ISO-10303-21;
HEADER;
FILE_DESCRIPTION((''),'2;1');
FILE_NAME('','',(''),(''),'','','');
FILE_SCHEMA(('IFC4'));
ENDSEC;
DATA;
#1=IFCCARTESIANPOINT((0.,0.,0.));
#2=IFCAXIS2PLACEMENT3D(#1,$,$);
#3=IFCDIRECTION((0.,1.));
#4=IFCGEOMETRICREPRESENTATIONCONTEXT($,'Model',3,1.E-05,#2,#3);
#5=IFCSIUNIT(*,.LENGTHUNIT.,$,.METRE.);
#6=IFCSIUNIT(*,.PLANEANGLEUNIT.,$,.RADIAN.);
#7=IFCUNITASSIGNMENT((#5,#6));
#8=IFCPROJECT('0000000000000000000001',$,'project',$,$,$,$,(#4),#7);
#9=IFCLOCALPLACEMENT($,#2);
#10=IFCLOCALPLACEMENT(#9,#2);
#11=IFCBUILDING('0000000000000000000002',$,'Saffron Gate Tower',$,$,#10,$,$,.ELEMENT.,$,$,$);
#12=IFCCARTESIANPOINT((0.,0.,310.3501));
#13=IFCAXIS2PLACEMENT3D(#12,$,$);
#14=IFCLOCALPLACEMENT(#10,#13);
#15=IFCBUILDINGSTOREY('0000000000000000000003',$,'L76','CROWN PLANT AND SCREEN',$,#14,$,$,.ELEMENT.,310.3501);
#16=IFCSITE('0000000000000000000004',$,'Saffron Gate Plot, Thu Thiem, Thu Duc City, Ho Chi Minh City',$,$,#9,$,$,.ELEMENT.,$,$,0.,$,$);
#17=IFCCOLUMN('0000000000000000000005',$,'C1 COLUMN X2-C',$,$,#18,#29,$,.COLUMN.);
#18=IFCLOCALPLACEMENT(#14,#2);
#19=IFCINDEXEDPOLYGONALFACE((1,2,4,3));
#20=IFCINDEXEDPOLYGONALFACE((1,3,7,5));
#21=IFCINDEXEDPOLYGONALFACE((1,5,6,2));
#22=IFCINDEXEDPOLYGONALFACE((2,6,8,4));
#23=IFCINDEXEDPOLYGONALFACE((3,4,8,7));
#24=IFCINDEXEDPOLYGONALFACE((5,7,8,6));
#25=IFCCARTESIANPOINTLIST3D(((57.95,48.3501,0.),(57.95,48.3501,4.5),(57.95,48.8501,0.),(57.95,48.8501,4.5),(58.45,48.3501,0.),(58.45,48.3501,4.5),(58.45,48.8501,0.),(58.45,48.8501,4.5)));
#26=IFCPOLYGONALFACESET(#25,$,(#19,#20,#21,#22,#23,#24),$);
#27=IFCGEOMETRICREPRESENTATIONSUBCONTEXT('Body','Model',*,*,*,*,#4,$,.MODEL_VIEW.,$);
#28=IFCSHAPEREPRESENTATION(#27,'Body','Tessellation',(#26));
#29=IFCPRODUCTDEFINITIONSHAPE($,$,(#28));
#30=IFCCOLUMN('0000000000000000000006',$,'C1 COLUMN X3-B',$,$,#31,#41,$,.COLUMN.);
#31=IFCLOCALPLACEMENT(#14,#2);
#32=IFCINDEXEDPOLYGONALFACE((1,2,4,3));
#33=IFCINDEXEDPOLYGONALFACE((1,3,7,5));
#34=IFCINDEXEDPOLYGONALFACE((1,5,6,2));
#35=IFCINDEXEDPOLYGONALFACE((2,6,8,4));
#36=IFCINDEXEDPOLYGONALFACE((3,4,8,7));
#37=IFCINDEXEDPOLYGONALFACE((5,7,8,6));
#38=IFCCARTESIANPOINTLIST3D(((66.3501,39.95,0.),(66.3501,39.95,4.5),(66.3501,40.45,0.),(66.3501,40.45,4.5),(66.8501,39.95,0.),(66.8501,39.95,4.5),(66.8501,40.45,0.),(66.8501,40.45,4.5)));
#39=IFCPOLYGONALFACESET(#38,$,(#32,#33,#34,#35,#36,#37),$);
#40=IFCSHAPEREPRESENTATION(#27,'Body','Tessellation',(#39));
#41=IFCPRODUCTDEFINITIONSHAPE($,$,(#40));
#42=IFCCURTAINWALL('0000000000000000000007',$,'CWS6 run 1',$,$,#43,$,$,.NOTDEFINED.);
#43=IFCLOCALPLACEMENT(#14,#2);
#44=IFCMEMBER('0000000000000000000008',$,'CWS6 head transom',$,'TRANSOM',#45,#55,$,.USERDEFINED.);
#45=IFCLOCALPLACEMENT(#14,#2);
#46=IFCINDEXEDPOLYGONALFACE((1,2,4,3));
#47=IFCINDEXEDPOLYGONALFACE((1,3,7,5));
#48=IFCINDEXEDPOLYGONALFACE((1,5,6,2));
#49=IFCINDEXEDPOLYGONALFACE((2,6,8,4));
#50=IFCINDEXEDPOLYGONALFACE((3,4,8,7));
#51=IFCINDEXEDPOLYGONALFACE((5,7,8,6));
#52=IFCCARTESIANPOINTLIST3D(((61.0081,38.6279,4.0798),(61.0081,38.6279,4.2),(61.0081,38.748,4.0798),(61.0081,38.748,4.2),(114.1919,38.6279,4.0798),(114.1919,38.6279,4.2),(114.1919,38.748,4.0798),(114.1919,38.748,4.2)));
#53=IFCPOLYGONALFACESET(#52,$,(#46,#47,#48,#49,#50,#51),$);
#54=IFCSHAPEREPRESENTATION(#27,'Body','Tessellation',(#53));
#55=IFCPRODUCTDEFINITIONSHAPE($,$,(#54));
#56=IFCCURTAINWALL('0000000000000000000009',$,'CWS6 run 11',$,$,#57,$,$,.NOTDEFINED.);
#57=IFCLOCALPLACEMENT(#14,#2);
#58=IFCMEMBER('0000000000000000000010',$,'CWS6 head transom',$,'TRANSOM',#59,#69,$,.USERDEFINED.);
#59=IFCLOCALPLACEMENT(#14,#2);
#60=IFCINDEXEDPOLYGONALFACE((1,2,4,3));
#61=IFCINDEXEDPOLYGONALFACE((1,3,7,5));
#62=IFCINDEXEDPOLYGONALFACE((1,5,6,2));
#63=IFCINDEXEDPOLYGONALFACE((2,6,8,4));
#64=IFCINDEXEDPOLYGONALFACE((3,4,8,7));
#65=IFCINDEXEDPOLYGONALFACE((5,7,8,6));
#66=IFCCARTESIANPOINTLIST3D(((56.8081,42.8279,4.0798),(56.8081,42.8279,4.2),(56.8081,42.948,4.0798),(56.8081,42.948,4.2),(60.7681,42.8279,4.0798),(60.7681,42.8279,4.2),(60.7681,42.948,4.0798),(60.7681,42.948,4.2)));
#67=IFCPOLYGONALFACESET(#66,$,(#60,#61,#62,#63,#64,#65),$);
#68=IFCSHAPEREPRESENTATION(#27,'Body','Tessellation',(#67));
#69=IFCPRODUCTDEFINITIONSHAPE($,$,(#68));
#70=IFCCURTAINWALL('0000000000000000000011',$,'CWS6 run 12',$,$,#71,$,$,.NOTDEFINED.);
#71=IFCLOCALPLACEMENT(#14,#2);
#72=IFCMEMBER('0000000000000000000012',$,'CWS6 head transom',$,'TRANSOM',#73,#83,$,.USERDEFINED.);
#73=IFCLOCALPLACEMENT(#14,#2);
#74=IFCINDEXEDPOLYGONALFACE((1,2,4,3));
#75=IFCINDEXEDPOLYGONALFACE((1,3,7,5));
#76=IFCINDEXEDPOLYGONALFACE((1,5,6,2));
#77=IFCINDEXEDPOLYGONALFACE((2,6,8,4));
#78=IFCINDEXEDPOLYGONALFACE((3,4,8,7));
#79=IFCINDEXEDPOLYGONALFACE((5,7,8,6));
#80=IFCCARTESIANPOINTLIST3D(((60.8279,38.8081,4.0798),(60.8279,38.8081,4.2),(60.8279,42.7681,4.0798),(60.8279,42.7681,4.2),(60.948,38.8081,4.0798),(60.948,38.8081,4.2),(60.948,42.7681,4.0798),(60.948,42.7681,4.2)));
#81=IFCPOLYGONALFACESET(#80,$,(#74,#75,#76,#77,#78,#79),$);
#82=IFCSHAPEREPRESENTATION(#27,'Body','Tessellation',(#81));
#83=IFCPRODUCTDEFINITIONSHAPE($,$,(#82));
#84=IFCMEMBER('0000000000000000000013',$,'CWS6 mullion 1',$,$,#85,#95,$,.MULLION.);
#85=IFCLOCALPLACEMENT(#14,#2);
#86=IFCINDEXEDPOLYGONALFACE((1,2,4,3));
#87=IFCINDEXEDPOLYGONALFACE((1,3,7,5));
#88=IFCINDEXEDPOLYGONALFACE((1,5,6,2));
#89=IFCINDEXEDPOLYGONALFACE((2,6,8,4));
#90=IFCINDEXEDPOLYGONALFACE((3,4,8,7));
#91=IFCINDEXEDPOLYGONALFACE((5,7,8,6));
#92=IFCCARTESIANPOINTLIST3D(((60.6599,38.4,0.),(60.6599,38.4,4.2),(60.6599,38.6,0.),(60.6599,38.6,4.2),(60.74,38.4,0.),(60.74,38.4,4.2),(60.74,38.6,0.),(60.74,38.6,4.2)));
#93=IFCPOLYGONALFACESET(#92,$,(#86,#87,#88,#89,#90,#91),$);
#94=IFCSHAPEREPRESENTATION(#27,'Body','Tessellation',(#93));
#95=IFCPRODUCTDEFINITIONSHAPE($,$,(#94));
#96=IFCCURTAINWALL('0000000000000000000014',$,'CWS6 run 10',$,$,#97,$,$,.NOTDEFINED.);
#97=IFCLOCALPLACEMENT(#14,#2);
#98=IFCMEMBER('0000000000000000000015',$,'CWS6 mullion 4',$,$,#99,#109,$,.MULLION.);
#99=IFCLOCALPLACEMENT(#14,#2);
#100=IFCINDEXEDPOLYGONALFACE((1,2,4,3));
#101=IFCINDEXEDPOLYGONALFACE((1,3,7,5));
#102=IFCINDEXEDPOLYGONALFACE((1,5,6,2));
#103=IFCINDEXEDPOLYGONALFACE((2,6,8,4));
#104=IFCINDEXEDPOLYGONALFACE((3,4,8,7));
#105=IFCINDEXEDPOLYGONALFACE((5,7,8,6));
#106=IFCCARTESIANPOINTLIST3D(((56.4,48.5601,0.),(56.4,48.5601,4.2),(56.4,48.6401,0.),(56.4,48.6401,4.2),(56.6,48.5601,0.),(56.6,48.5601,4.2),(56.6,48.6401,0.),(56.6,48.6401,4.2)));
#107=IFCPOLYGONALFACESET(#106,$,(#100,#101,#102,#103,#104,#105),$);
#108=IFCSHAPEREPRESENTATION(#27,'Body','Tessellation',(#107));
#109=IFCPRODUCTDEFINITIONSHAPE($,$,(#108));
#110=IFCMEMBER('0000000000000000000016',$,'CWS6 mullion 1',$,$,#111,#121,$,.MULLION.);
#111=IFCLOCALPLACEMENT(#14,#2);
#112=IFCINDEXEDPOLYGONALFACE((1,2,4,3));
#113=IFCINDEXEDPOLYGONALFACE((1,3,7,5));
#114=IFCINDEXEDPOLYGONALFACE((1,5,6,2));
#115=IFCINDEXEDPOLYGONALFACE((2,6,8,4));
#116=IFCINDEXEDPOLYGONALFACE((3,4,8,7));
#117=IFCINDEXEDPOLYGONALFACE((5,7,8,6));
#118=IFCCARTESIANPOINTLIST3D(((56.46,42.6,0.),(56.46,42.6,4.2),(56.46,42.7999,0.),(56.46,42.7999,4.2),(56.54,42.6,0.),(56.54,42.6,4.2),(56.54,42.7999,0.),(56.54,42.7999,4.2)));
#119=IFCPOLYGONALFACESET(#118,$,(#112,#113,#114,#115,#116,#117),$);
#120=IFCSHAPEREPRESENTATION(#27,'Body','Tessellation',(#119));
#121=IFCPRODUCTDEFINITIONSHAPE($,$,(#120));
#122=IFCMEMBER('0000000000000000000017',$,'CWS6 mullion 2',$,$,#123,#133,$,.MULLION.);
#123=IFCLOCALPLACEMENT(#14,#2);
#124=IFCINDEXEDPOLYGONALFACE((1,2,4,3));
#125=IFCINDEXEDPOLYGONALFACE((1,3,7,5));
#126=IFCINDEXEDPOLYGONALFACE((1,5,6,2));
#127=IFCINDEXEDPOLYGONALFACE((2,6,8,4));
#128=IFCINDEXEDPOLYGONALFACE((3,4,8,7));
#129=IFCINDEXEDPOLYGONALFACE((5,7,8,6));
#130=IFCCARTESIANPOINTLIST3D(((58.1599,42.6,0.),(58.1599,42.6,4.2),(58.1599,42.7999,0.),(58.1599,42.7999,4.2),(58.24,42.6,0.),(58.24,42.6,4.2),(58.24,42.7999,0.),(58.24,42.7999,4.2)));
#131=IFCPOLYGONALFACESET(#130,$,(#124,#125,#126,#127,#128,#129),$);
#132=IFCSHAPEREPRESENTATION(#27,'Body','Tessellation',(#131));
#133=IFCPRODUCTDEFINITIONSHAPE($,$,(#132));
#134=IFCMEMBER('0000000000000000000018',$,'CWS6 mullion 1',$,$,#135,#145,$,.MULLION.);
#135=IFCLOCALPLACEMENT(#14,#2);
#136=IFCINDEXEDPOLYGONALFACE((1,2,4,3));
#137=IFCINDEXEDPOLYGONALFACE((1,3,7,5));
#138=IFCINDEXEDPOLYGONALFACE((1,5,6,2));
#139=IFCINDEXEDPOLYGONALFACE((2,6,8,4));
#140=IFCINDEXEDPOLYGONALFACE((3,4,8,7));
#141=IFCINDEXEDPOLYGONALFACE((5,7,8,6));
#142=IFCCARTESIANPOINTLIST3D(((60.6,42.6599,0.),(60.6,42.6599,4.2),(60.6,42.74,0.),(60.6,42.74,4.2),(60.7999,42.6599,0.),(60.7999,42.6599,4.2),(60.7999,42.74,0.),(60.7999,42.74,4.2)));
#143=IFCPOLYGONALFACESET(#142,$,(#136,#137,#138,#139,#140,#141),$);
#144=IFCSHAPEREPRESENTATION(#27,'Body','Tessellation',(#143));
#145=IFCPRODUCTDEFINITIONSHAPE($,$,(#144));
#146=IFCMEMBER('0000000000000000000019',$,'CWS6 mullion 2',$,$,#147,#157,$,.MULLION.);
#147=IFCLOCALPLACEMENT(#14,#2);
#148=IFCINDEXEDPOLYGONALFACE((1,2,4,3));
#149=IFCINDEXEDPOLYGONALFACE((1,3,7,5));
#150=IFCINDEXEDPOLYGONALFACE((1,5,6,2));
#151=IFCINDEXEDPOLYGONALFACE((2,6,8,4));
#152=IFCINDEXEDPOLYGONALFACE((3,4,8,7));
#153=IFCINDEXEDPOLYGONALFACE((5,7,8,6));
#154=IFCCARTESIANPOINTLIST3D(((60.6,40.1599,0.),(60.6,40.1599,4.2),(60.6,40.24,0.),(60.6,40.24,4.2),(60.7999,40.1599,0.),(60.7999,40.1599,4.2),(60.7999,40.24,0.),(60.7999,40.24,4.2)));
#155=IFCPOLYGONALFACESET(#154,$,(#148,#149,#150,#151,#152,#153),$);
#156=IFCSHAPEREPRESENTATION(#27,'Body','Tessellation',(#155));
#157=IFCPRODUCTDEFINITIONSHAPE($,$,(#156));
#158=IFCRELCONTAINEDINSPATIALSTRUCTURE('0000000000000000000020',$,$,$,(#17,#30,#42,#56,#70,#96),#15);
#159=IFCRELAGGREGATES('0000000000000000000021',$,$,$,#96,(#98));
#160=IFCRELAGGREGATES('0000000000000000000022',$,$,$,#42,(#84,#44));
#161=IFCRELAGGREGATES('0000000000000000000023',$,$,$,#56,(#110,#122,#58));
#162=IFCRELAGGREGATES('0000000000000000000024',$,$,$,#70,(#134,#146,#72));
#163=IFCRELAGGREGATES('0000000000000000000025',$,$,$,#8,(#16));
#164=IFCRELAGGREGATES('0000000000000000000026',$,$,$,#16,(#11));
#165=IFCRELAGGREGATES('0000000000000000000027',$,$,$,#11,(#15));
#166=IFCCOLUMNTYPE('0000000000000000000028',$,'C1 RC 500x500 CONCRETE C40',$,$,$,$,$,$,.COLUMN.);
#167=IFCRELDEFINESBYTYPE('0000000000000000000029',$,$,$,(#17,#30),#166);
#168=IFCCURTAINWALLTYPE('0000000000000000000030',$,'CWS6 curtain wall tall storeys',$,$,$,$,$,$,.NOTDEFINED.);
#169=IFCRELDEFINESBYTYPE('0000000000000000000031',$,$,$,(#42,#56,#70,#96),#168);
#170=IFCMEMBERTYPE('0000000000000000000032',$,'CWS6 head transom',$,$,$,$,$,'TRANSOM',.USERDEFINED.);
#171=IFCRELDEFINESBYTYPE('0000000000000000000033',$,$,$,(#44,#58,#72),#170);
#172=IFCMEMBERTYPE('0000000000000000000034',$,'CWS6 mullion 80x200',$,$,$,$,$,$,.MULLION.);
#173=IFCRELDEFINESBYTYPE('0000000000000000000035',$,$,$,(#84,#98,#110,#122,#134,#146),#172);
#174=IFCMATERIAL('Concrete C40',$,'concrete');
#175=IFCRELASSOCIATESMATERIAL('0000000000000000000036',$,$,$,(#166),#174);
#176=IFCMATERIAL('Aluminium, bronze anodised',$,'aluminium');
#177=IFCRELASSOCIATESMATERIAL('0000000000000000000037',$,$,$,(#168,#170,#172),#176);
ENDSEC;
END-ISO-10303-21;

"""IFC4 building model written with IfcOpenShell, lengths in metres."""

from ifc_helpers import new_model, si_unit, direction, frame, origin, origin_2d, place, context, subcontext, project, spatial, rectangle, extrude, material, material_profile, profile_set, type_object, element, aggregate, save


model = new_model("IFC4")

# Units and contexts
model_context = context("Model", 3, precision=1e-05, world=origin(), true_north=direction((0.0, 1.0)))
body_context = subcontext(model_context, "Body", "Model", "MODEL_VIEW")
ifc_project = project(units=[si_unit("LENGTHUNIT", "METRE"), si_unit("PLANEANGLEUNIT", "RADIAN")], contexts=[model_context])

# Site, building, storey
site_placement = place(None, origin())
site = spatial("IfcSite", under=ifc_project, at=site_placement, Name="Saffron Gate Plot, Thu Thiem, Thu Duc City, Ho Chi Minh City", CompositionType="ELEMENT", RefElevation=0.0)
building_placement = place(site_placement, origin())
building = spatial("IfcBuilding", under=site, at=building_placement, Name="Saffron Gate Tower", CompositionType="ELEMENT")
storey_placement = place(building_placement, frame((0.0, 0.0, 310.3501)))
storey = spatial("IfcBuildingStorey", under=building, at=storey_placement, Name="L76", Description="CROWN PLANT AND SCREEN", CompositionType="ELEMENT", Elevation=310.3501)

# Columns
ifc_material_1 = material(Name="Concrete C40", Category="concrete")
ifc_material_profile_1 = material_profile(ifc_material_1, rectangle(XDim=0.5, YDim=0.5, at=origin_2d()))
ifc_profile_set_1 = profile_set([ifc_material_profile_1], Name="Concrete C40")
column_type = type_object("IfcColumnType", Name="C1 RC 500x500 CONCRETE C40", PredefinedType="COLUMN", material=ifc_profile_set_1)
for number, where, z_axis, x_axis, name in (
    (1, (58.2, 48.6001, 0.0), (0.0, 0.0, 1.0), (1.0, 0.0, 0.0), "C1 COLUMN X2-C"),
    (2, (66.6001, 40.2, 0.0), (0.0, 0.0, 1.0), (1.0, 0.0, 0.0), "C1 COLUMN X3-B"),
):
    element("IfcColumn", number, at=place(storey_placement, frame(where, z_axis=z_axis, x_axis=x_axis)), inside=storey, type_object=column_type, Name=name, PredefinedType="COLUMN", context=body_context, shape_type="SweptSolid", body=[
        extrude(rectangle(XDim=0.5, YDim=0.5, at=origin_2d()), origin(), (0.0, 0.0, 1.0), 4.5),
    ])

# Curtain walls, members
ifc_material_2 = material(Name="Aluminium, bronze anodised", Category="aluminium")
curtain_wall_type = type_object("IfcCurtainWallType", Name="CWS6 curtain wall tall storeys", PredefinedType="NOTDEFINED", material=ifc_material_2)
curtain_wall_1_placement = place(storey_placement, origin())
curtain_wall_1 = element("IfcCurtainWall", 3, at=curtain_wall_1_placement, inside=storey, type_object=curtain_wall_type, Name="CWS6 run 1", PredefinedType="NOTDEFINED")
ifc_material_profile_2 = material_profile(ifc_material_2, rectangle(XDim=0.1201, YDim=0.1201, at=origin_2d()))
ifc_profile_set_2 = profile_set([ifc_material_profile_2], Name="Aluminium, bronze anodised")
member_type_1 = type_object("IfcMemberType", Name="CWS6 head transom", ElementType="TRANSOM", PredefinedType="USERDEFINED", material=ifc_profile_set_2)
member_1_placement = place(storey_placement, frame((61.0081, 38.688, 4.1399), z_axis=(1.0, 0.0, 0.0), x_axis=(0.0, 1.0, 0.0)))
member_1 = element("IfcMember", 4, at=member_1_placement, type_object=member_type_1, Name="CWS6 head transom", ObjectType="TRANSOM", PredefinedType="USERDEFINED", context=body_context, shape_type="SweptSolid", body=[
    extrude(rectangle(XDim=0.1201, YDim=0.1201, at=origin_2d()), origin(), (0.0, 0.0, 1.0), 53.1838),
])
curtain_wall_2_placement = place(storey_placement, origin())
curtain_wall_2 = element("IfcCurtainWall", 5, at=curtain_wall_2_placement, inside=storey, type_object=curtain_wall_type, Name="CWS6 run 11", PredefinedType="NOTDEFINED")
member_2_placement = place(storey_placement, frame((56.8081, 42.8879, 4.1399), z_axis=(1.0, 0.0, 0.0), x_axis=(0.0, 1.0, 0.0)))
member_2 = element("IfcMember", 6, at=member_2_placement, type_object=member_type_1, Name="CWS6 head transom", ObjectType="TRANSOM", PredefinedType="USERDEFINED", context=body_context, shape_type="SweptSolid", body=[
    extrude(rectangle(XDim=0.1201, YDim=0.1201, at=origin_2d()), origin(), (0.0, 0.0, 1.0), 3.96),
])
curtain_wall_3_placement = place(storey_placement, origin())
curtain_wall_3 = element("IfcCurtainWall", 7, at=curtain_wall_3_placement, inside=storey, type_object=curtain_wall_type, Name="CWS6 run 12", PredefinedType="NOTDEFINED")
member_3_placement = place(storey_placement, frame((60.8879, 42.7681, 4.1399), z_axis=(0.0, -1.0, 0.0), x_axis=(1.0, 0.0, 0.0)))
member_3 = element("IfcMember", 8, at=member_3_placement, type_object=member_type_1, Name="CWS6 head transom", ObjectType="TRANSOM", PredefinedType="USERDEFINED", context=body_context, shape_type="SweptSolid", body=[
    extrude(rectangle(XDim=0.1201, YDim=0.1201, at=origin_2d()), origin(), (0.0, 0.0, 1.0), 3.96),
])

# Member
ifc_material_profile_3 = material_profile(ifc_material_2, rectangle(XDim=0.2, YDim=0.0801, at=origin_2d()))
ifc_profile_set_3 = profile_set([ifc_material_profile_3], Name="Aluminium, bronze anodised")
member_type_2 = type_object("IfcMemberType", Name="CWS6 mullion 80x200", PredefinedType="MULLION", material=ifc_profile_set_3)
member_4_placement = place(storey_placement, frame((60.7, 38.5, 0.0), z_axis=(0.0, 0.0, 1.0), x_axis=(0.0, 1.0, 0.0)))
member_4 = element("IfcMember", 9, at=member_4_placement, type_object=member_type_2, Name="CWS6 mullion 1", PredefinedType="MULLION", context=body_context, shape_type="SweptSolid", body=[
    extrude(rectangle(XDim=0.2, YDim=0.0801, at=origin_2d()), origin(), (0.0, 0.0, 1.0), 4.2),
])

# Curtain wall, member
curtain_wall_4_placement = place(storey_placement, origin())
curtain_wall_4 = element("IfcCurtainWall", 10, at=curtain_wall_4_placement, inside=storey, type_object=curtain_wall_type, Name="CWS6 run 10", PredefinedType="NOTDEFINED")
member_5_placement = place(storey_placement, frame((56.5, 48.6001, 0.0), z_axis=(0.0, 0.0, 1.0), x_axis=(1.0, 0.0, 0.0)))
member_5 = element("IfcMember", 11, at=member_5_placement, type_object=member_type_2, Name="CWS6 mullion 4", PredefinedType="MULLION", context=body_context, shape_type="SweptSolid", body=[
    extrude(rectangle(XDim=0.2, YDim=0.0801, at=origin_2d()), origin(), (0.0, 0.0, 1.0), 4.2),
])
aggregate(curtain_wall_4, [member_5])

# Members
member_6_placement = place(storey_placement, frame((56.5, 42.7, 0.0), z_axis=(0.0, 0.0, 1.0), x_axis=(0.0, 1.0, 0.0)))
member_6 = element("IfcMember", 12, at=member_6_placement, type_object=member_type_2, Name="CWS6 mullion 1", PredefinedType="MULLION", context=body_context, shape_type="SweptSolid", body=[
    extrude(rectangle(XDim=0.2, YDim=0.0801, at=origin_2d()), origin(), (0.0, 0.0, 1.0), 4.2),
])
member_7_placement = place(storey_placement, frame((58.2, 42.7, 0.0), z_axis=(0.0, 0.0, 1.0), x_axis=(0.0, 1.0, 0.0)))
member_7 = element("IfcMember", 13, at=member_7_placement, type_object=member_type_2, Name="CWS6 mullion 2", PredefinedType="MULLION", context=body_context, shape_type="SweptSolid", body=[
    extrude(rectangle(XDim=0.2, YDim=0.0801, at=origin_2d()), origin(), (0.0, 0.0, 1.0), 4.2),
])
member_8_placement = place(storey_placement, frame((60.7, 42.7, 0.0), z_axis=(0.0, 0.0, 1.0), x_axis=(1.0, 0.0, 0.0)))
member_8 = element("IfcMember", 14, at=member_8_placement, type_object=member_type_2, Name="CWS6 mullion 1", PredefinedType="MULLION", context=body_context, shape_type="SweptSolid", body=[
    extrude(rectangle(XDim=0.2, YDim=0.0801, at=origin_2d()), origin(), (0.0, 0.0, 1.0), 4.2),
])
member_9_placement = place(storey_placement, frame((60.7, 40.2, 0.0), z_axis=(0.0, 0.0, 1.0), x_axis=(1.0, 0.0, 0.0)))
member_9 = element("IfcMember", 15, at=member_9_placement, type_object=member_type_2, Name="CWS6 mullion 2", PredefinedType="MULLION", context=body_context, shape_type="SweptSolid", body=[
    extrude(rectangle(XDim=0.2, YDim=0.0801, at=origin_2d()), origin(), (0.0, 0.0, 1.0), 4.2),
])

aggregate(curtain_wall_1, [member_4, member_1])

aggregate(curtain_wall_2, [member_6, member_7, member_2])
aggregate(curtain_wall_3, [member_8, member_9, member_3])

save(model, "model.ifc")
